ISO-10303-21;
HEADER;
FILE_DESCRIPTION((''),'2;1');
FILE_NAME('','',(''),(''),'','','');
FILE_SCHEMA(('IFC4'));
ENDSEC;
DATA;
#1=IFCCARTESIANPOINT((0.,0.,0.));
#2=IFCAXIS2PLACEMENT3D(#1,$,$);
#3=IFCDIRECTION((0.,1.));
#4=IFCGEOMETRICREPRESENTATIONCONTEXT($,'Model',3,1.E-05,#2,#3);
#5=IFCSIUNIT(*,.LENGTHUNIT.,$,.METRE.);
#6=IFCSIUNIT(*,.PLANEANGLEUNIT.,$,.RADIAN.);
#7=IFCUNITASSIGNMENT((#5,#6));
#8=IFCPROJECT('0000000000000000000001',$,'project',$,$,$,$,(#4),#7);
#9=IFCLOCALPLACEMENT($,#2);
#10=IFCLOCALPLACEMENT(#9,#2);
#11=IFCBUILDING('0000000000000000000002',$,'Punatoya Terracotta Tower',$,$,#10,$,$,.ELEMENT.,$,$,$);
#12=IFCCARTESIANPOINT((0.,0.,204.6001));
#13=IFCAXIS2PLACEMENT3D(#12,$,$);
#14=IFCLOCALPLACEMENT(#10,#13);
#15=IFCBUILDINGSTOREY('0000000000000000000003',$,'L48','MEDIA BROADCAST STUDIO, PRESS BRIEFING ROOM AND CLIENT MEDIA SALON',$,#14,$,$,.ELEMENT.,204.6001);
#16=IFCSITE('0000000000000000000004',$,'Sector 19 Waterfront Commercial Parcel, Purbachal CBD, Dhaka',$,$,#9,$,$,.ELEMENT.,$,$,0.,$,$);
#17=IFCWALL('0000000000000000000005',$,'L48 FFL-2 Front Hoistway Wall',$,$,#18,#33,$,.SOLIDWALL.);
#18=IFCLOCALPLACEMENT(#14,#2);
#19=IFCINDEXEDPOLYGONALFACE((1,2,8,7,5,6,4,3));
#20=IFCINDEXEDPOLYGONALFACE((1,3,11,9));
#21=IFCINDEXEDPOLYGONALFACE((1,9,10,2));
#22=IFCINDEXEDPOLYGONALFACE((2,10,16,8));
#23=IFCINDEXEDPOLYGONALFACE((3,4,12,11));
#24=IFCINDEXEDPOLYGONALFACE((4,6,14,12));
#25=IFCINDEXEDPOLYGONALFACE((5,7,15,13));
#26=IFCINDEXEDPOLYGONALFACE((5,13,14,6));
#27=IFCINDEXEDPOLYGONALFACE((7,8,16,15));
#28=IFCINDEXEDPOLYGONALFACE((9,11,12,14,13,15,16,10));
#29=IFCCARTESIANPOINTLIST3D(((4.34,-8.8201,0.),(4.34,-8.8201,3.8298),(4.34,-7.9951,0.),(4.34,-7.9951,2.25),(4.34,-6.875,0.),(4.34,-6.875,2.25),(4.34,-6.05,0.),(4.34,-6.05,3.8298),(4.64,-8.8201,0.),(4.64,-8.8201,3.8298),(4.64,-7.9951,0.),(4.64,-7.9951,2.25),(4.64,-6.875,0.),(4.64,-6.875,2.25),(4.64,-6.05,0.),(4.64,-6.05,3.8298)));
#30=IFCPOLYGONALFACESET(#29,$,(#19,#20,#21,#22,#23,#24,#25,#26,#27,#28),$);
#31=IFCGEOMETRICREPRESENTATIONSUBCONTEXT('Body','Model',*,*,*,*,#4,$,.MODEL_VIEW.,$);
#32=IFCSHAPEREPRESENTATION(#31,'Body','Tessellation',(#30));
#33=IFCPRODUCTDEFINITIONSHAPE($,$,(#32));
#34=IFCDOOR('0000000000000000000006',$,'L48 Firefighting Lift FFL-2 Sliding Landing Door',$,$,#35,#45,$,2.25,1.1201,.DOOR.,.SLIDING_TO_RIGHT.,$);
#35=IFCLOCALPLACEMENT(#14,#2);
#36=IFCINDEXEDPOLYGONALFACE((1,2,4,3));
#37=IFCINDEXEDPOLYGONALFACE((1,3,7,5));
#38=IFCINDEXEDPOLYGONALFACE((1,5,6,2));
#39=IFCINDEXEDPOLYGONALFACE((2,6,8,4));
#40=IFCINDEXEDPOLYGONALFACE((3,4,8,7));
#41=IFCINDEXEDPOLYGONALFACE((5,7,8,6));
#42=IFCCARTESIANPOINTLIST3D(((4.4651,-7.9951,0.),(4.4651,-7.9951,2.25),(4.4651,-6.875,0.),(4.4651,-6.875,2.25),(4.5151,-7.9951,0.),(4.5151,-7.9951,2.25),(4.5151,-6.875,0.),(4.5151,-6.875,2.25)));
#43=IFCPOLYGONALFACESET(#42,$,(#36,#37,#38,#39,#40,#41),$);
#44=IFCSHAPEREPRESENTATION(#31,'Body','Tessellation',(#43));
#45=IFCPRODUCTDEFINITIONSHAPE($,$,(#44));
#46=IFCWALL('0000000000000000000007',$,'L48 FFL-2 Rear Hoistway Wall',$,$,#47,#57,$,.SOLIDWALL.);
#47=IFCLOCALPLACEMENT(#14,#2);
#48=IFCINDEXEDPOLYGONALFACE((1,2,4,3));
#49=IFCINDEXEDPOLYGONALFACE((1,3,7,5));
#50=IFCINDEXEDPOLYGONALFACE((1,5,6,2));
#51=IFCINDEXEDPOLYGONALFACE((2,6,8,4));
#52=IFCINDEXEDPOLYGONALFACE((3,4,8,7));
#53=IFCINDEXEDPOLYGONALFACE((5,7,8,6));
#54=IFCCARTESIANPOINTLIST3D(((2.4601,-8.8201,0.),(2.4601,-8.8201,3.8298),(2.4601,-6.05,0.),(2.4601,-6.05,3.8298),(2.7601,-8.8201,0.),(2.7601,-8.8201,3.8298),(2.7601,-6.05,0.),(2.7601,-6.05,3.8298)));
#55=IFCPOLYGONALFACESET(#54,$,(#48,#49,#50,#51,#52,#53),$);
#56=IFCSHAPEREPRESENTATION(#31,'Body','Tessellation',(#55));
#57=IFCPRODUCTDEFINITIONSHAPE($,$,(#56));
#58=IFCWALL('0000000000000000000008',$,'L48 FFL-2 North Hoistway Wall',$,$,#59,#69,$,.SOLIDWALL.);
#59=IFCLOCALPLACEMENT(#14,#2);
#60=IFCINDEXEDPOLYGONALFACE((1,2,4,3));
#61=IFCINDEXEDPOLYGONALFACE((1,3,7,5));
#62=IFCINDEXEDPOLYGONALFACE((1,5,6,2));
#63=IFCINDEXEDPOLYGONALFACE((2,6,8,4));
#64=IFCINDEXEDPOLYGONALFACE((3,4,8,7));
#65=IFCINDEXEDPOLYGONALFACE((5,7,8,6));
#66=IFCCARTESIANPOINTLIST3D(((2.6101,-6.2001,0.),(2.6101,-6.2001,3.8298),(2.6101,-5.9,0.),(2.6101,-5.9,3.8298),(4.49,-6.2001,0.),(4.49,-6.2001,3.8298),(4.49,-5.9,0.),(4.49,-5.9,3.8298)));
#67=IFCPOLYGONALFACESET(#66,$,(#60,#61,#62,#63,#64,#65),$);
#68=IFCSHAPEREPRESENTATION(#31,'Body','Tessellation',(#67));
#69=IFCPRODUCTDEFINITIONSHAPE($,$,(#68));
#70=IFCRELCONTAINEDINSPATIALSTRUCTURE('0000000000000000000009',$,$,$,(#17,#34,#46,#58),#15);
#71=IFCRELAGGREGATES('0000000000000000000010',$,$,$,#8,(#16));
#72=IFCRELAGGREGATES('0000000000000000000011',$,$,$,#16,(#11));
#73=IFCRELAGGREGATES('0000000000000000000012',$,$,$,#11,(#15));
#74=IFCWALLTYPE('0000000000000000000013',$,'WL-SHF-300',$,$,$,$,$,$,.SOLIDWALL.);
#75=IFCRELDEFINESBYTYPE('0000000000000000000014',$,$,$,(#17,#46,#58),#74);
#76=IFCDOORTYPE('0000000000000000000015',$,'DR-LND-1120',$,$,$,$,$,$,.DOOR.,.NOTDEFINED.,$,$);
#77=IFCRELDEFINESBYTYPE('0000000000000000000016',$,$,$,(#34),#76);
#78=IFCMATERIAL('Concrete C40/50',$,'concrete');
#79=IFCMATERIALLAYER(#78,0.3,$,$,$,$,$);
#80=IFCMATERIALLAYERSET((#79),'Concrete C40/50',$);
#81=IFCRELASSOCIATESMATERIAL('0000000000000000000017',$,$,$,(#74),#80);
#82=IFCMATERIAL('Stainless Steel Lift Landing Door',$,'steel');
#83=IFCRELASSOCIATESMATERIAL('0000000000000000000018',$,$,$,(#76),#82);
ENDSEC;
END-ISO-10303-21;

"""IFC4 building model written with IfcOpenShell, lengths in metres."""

from ifc_helpers import new_model, si_unit, direction, frame, frame_2d, origin, place, context, subcontext, project, spatial, rectangle, extrude, material, layer, layer_set, type_object, element, fill, save


model = new_model("IFC4")

# Units and contexts
model_context = context("Model", 3, precision=1e-05, world=origin(), true_north=direction((0.0, 1.0)))
body_context = subcontext(model_context, "Body", "Model", "MODEL_VIEW")
ifc_project = project(units=[si_unit("LENGTHUNIT", "METRE"), si_unit("PLANEANGLEUNIT", "RADIAN")], contexts=[model_context])

# Site, building, storey
site_placement = place(None, origin())
site = spatial("IfcSite", under=ifc_project, at=site_placement, Name="Sector 19 Waterfront Commercial Parcel, Purbachal CBD, Dhaka", CompositionType="ELEMENT", RefElevation=0.0)
building_placement = place(site_placement, origin())
building = spatial("IfcBuilding", under=site, at=building_placement, Name="Punatoya Terracotta Tower", CompositionType="ELEMENT")
storey_placement = place(building_placement, frame((0.0, 0.0, 204.6001)))
storey = spatial("IfcBuildingStorey", under=building, at=storey_placement, Name="L48", Description="MEDIA BROADCAST STUDIO, PRESS BRIEFING ROOM AND CLIENT MEDIA SALON", CompositionType="ELEMENT", Elevation=204.6001)

# Wall, opening, door
ifc_material_1 = material(Name="Concrete C40/50", Category="concrete")
ifc_layer_1 = layer(ifc_material_1, 0.3)
ifc_layer_set_1 = layer_set([ifc_layer_1], Name="Concrete C40/50")
wall_type_1 = type_object("IfcWallType", Name="WL-SHF-300", PredefinedType="SOLIDWALL", material=ifc_layer_set_1)
wall_1_placement = place(storey_placement, frame((4.49, -8.8201, 0.0), z_axis=(0.0, 0.0, 1.0), x_axis=(0.0, 1.0, 0.0)))
wall_1 = element("IfcWall", 1, at=wall_1_placement, inside=storey, type_object=wall_type_1, Name="L48 FFL-2 Front Hoistway Wall", PredefinedType="SOLIDWALL", context=body_context, shape_type="SweptSolid", body=[
    extrude(rectangle(XDim=2.77, YDim=0.3, at=frame_2d((1.385, 0.0))), origin(), (0.0, 0.0, 1.0), 3.8298),
])
opening_placement = place(wall_1_placement, frame((0.825, 0.0, 0.0)))
opening = element("IfcOpeningElement", 2, at=opening_placement, cuts=wall_1, PredefinedType="OPENING", context=body_context, shape_type="SweptSolid", body=[
    extrude(rectangle(XDim=1.1201, YDim=2.25, at=frame_2d((0.5601, 1.125))), frame((0.0, 0.1599, 0.0), z_axis=(0.0, -1.0, 0.0), x_axis=(1.0, 0.0, 0.0)), (0.0, 0.0, 1.0), 0.3201),
])
ifc_material_2 = material(Name="Stainless Steel Lift Landing Door", Category="steel")
door_type = type_object("IfcDoorType", Name="DR-LND-1120", OperationType="NOTDEFINED", PredefinedType="DOOR", material=ifc_material_2)
door_placement = place(opening_placement, origin())
door = element("IfcDoor", 3, at=door_placement, inside=storey, type_object=door_type, Name="L48 Firefighting Lift FFL-2 Sliding Landing Door", OperationType="SLIDING_TO_RIGHT", OverallHeight=2.25, OverallWidth=1.1201, PredefinedType="DOOR", context=body_context, shape_type="SweptSolid", body=[
    extrude(rectangle(XDim=1.1201, YDim=2.25, at=frame_2d((0.5601, 1.125))), frame((0.0, 0.0249, 0.0), z_axis=(0.0, -1.0, 0.0), x_axis=(1.0, 0.0, 0.0)), (0.0, 0.0, 1.0), 0.05),
])
fill(opening, door)

# Walls
wall_2_placement = place(storey_placement, frame((2.6101, -8.8201, 0.0), z_axis=(0.0, 0.0, 1.0), x_axis=(0.0, 1.0, 0.0)))
element("IfcWall", 4, at=wall_2_placement, inside=storey, type_object=wall_type_1, Name="L48 FFL-2 Rear Hoistway Wall", PredefinedType="SOLIDWALL", context=body_context, shape_type="SweptSolid", body=[
    extrude(rectangle(XDim=2.77, YDim=0.3, at=frame_2d((1.385, 0.0))), origin(), (0.0, 0.0, 1.0), 3.8298),
])
wall_3_placement = place(storey_placement, frame((2.6101, -6.05, 0.0), z_axis=(0.0, 0.0, 1.0), x_axis=(1.0, 0.0, 0.0)))
element("IfcWall", 5, at=wall_3_placement, inside=storey, type_object=wall_type_1, Name="L48 FFL-2 North Hoistway Wall", PredefinedType="SOLIDWALL", context=body_context, shape_type="SweptSolid", body=[
    extrude(rectangle(XDim=1.8799, YDim=0.3, at=frame_2d((0.9399, 0.0))), origin(), (0.0, 0.0, 1.0), 3.8298),
])

save(model, "model.ifc")
